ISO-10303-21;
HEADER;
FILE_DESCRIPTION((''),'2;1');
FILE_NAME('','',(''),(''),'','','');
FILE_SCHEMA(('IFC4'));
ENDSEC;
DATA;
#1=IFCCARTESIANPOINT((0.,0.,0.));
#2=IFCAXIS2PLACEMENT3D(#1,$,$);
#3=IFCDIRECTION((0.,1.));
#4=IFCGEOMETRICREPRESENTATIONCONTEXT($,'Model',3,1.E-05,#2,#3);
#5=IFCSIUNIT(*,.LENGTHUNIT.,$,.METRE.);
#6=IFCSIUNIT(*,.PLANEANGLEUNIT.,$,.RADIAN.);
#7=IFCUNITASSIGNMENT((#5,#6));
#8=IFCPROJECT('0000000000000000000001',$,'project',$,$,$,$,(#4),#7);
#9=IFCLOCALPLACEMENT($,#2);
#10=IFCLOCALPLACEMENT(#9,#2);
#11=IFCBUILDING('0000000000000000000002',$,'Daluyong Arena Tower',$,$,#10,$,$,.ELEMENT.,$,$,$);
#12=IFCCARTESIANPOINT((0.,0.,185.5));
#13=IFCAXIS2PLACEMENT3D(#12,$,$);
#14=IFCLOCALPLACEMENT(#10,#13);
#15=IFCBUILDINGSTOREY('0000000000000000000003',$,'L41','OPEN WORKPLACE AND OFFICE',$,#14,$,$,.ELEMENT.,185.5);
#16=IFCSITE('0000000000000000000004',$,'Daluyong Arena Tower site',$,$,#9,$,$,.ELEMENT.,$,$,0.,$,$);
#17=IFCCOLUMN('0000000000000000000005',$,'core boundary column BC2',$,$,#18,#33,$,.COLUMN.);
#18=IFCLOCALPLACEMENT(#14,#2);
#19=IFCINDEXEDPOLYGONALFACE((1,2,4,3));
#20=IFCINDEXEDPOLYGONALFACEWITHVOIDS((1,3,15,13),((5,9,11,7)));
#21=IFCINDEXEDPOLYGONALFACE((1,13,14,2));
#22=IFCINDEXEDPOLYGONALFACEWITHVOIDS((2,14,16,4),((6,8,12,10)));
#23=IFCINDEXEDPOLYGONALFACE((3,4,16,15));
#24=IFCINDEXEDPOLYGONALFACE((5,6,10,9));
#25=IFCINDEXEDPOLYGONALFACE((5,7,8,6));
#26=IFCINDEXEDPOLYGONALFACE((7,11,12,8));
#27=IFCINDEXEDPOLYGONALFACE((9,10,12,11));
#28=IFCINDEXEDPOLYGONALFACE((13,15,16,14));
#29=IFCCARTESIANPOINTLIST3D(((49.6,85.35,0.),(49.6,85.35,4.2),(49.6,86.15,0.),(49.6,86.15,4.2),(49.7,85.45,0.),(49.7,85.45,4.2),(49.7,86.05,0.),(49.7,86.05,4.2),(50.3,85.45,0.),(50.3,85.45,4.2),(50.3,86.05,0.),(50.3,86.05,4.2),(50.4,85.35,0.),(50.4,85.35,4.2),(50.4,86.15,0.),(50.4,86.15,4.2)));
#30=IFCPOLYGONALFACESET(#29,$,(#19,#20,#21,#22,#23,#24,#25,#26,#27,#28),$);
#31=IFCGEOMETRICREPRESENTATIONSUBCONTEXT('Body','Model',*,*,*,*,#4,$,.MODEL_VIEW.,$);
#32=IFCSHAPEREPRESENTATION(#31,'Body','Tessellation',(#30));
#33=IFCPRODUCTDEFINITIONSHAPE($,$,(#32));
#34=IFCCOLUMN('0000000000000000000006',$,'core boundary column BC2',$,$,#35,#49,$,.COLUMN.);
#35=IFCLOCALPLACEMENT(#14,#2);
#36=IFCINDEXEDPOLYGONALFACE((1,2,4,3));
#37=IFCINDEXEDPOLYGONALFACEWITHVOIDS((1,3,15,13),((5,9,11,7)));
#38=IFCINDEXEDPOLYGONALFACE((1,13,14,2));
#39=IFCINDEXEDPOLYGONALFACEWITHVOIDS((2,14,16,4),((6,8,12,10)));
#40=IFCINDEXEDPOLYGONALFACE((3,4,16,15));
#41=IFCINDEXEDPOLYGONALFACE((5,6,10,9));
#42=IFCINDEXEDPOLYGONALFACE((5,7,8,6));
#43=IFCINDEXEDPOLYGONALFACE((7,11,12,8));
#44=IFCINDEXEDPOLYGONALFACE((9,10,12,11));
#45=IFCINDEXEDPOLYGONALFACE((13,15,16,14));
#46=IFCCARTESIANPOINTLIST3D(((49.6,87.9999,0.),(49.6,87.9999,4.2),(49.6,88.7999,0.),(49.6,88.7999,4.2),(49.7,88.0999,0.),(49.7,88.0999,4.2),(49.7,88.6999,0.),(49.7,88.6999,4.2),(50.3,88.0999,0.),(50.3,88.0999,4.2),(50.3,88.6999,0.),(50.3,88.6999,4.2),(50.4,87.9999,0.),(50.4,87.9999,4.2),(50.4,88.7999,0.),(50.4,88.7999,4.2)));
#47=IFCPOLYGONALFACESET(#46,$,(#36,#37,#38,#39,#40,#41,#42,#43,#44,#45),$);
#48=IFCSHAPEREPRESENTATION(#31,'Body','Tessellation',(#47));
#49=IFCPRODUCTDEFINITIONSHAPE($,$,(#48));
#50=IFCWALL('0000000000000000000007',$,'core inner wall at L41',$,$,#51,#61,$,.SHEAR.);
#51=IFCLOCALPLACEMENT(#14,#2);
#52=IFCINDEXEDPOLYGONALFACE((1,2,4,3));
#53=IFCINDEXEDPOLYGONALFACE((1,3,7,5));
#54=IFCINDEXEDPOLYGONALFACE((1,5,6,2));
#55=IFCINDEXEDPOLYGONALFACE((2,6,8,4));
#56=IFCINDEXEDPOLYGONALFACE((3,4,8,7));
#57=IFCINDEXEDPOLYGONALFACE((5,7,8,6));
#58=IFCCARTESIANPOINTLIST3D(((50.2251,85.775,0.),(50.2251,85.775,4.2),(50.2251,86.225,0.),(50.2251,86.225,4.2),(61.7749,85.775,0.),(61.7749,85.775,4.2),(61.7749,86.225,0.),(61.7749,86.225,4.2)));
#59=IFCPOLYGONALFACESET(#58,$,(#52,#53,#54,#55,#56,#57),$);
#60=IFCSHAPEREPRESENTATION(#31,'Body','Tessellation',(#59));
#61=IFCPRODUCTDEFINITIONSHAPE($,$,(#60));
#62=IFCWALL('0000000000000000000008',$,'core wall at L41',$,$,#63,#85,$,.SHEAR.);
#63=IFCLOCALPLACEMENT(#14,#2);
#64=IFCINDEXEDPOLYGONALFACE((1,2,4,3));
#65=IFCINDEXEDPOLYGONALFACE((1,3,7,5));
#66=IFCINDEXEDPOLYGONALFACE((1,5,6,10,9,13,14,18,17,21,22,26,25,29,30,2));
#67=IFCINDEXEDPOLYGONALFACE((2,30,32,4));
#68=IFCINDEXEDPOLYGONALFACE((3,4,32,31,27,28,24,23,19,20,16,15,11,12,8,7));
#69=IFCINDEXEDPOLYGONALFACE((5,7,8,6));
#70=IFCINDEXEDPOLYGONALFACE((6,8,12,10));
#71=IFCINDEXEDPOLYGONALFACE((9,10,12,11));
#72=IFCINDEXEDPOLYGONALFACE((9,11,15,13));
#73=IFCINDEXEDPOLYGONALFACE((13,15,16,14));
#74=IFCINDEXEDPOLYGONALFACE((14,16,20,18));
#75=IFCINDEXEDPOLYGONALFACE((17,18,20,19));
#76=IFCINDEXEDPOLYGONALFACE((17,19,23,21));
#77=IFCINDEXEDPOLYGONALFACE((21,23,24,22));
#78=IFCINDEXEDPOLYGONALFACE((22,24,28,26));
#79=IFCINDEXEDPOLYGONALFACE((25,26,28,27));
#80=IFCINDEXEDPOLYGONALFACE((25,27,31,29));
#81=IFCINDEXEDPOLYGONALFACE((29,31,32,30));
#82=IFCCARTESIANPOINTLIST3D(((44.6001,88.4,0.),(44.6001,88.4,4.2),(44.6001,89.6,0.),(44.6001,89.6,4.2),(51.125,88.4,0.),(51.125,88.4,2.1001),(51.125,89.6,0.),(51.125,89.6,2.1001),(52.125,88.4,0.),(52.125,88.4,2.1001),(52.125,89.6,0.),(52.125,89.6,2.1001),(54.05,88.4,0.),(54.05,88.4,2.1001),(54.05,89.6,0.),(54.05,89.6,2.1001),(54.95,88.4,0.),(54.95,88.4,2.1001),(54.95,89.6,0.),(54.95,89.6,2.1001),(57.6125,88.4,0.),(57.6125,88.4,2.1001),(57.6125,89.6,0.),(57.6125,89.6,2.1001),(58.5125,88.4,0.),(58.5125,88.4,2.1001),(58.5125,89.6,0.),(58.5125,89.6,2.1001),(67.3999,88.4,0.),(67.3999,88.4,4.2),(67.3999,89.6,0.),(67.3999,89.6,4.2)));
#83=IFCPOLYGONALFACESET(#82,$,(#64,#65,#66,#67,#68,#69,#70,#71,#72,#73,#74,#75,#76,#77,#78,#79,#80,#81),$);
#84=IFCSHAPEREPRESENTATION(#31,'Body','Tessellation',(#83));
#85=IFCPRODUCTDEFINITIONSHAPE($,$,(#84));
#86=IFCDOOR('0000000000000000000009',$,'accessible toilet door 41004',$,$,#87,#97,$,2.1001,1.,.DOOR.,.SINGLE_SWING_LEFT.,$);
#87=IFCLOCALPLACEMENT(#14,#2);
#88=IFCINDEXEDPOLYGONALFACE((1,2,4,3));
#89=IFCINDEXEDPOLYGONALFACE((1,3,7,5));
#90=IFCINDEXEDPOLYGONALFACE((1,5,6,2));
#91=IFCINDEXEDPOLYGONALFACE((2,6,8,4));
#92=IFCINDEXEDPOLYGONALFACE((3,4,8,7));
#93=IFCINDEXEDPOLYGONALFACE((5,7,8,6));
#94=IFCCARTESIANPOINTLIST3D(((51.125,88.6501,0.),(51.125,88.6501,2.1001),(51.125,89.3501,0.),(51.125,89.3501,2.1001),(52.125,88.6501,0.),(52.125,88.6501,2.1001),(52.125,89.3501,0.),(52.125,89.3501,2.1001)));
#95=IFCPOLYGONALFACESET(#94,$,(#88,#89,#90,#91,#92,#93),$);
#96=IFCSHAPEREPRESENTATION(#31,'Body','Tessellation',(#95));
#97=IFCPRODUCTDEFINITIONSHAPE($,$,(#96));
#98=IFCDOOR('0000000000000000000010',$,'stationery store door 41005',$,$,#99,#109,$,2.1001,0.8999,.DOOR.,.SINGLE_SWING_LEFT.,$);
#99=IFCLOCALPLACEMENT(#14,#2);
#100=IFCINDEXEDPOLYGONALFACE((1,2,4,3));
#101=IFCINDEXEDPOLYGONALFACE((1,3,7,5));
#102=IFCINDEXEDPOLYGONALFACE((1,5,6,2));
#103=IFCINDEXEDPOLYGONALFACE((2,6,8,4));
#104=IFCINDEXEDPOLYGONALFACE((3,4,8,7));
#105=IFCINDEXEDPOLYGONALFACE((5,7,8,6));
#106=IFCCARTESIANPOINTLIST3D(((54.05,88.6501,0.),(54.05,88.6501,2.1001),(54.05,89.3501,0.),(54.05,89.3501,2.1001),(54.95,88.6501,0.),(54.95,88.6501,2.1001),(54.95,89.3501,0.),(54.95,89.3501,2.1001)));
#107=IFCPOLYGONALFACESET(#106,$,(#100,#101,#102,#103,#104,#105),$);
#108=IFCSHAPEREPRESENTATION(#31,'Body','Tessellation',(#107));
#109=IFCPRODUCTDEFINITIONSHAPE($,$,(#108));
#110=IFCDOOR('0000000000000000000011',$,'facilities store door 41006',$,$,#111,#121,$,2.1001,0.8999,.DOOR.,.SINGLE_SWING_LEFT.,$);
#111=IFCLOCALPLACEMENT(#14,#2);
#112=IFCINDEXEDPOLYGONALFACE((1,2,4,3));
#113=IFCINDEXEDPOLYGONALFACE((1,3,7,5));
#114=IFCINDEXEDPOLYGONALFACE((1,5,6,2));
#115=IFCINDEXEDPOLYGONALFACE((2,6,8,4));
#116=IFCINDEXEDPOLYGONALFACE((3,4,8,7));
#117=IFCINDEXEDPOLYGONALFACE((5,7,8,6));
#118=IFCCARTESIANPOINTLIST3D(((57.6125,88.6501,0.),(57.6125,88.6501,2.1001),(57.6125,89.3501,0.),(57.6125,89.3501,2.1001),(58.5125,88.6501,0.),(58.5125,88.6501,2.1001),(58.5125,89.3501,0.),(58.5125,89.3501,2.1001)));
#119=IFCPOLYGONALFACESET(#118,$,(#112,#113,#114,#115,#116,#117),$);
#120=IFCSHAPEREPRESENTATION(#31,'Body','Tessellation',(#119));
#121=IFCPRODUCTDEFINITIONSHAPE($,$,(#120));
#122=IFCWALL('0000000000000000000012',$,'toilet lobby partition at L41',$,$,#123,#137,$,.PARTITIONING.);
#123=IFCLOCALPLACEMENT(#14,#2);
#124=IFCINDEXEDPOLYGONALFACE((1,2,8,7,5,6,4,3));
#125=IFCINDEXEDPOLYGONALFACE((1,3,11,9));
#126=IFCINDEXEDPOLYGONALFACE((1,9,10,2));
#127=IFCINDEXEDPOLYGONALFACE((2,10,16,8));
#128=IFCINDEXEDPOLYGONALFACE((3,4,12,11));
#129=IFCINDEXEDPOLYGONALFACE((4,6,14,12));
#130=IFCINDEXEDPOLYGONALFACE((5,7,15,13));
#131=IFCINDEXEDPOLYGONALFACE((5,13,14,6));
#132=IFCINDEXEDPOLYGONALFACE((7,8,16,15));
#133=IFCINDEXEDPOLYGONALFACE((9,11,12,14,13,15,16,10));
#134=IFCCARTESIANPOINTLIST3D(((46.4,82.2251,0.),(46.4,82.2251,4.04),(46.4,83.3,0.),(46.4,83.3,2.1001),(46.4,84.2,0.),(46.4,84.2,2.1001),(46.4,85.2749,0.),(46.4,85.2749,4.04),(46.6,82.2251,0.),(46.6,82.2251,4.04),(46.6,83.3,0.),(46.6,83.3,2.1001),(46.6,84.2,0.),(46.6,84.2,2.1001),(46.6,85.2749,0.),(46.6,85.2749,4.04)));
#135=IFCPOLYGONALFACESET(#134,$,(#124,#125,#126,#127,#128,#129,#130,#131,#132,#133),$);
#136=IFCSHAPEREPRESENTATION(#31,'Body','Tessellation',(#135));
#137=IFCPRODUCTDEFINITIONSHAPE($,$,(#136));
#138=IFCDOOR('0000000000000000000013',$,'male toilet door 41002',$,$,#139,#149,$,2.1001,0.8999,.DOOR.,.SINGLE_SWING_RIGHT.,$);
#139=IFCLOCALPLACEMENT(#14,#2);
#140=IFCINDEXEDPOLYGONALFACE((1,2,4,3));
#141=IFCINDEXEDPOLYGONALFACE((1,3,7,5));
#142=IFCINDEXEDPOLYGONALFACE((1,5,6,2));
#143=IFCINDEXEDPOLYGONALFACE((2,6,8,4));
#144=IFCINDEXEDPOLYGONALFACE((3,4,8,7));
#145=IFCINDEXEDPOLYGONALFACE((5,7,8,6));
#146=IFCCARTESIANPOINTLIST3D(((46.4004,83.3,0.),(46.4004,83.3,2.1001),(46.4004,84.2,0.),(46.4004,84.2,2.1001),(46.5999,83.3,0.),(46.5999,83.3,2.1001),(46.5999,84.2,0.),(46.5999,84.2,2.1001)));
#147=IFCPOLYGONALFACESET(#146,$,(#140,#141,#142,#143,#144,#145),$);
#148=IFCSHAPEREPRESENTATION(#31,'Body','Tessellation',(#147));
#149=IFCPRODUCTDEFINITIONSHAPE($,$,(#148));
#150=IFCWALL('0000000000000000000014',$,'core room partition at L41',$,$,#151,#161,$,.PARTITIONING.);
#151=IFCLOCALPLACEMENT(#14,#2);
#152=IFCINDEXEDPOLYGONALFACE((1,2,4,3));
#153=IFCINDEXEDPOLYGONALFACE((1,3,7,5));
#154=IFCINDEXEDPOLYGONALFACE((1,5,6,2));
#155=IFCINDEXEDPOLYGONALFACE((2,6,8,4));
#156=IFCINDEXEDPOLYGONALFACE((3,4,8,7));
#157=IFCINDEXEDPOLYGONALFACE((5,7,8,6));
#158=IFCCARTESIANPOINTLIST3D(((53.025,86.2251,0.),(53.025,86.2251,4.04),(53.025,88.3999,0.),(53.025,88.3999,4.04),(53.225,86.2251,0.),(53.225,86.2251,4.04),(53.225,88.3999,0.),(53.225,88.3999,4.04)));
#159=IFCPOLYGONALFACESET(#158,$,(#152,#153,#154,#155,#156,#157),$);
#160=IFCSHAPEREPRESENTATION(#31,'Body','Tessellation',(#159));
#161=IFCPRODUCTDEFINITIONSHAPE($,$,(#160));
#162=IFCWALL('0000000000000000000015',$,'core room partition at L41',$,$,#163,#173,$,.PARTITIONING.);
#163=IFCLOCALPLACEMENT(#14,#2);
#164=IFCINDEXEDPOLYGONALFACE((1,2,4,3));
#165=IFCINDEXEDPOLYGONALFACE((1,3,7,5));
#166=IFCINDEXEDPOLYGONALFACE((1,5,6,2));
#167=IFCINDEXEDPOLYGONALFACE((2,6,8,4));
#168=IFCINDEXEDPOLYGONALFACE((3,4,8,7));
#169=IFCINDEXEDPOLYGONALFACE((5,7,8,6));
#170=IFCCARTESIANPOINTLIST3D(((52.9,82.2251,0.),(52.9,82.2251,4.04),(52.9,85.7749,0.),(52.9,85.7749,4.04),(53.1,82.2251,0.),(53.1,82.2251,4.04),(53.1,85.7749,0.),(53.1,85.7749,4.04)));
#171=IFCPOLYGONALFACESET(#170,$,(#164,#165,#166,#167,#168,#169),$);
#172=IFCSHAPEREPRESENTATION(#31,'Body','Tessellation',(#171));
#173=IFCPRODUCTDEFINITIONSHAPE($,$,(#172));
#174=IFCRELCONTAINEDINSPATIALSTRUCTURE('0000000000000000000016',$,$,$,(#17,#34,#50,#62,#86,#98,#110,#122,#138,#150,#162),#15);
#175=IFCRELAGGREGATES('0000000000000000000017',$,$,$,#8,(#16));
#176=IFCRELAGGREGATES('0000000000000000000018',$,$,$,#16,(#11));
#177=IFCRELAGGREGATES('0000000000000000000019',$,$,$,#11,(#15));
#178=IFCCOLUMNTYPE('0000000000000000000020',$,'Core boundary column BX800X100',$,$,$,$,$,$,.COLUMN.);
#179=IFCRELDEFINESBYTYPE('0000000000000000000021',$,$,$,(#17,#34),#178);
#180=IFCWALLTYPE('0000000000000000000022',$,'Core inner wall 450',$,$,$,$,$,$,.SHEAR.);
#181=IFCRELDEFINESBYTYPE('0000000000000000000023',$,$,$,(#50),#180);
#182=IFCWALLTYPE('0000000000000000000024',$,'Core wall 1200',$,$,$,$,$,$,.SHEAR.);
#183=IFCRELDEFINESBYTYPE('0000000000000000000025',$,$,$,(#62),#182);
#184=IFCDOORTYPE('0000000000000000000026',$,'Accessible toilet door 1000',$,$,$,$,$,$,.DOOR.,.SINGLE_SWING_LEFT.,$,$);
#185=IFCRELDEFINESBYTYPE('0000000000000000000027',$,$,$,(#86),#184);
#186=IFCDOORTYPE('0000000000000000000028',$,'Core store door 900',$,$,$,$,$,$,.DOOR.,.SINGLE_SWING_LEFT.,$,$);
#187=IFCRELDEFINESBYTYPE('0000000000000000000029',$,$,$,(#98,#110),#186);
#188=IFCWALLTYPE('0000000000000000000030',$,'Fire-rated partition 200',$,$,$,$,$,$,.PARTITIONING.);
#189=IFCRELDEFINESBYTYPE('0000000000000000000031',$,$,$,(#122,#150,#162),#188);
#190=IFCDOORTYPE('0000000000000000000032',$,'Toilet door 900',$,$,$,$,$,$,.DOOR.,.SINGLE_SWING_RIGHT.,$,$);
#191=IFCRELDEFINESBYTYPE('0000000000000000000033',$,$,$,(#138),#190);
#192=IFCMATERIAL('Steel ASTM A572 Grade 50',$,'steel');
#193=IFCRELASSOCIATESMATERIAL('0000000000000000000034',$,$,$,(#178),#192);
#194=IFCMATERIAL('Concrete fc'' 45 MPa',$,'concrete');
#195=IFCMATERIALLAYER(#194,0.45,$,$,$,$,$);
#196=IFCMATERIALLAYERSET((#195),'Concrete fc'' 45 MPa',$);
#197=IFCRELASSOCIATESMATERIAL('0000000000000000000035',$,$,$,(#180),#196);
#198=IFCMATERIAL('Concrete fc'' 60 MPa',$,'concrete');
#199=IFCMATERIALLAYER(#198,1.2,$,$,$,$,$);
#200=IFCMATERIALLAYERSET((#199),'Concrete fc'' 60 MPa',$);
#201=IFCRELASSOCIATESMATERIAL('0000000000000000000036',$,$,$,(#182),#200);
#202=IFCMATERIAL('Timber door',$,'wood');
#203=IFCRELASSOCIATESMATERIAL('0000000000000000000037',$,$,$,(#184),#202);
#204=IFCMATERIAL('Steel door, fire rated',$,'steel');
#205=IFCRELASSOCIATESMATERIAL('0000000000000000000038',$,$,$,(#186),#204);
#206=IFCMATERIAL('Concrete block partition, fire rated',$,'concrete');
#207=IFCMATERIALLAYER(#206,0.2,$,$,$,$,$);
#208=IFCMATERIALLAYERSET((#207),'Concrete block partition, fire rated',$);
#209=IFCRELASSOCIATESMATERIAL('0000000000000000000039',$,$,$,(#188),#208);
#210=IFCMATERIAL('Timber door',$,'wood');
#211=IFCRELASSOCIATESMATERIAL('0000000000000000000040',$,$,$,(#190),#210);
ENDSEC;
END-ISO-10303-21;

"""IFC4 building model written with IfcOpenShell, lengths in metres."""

from ifc_helpers import new_model, si_unit, direction, frame, frame_2d, origin, origin_2d, place, context, subcontext, project, spatial, rectangle, hollow_rectangle, extrude, material, layer, layer_set, material_profile, profile_set, type_object, element, fill, save


model = new_model("IFC4")

# Units and contexts
model_context = context("Model", 3, precision=1e-05, world=origin(), true_north=direction((0.0, 1.0)))
body_context = subcontext(model_context, "Body", "Model", "MODEL_VIEW")
ifc_project = project(units=[si_unit("LENGTHUNIT", "METRE"), si_unit("PLANEANGLEUNIT", "RADIAN")], contexts=[model_context])

# Site, building, storey
site_placement = place(None, origin())
site = spatial("IfcSite", under=ifc_project, at=site_placement, Name="Daluyong Arena Tower site", CompositionType="ELEMENT", RefElevation=0.0)
building_placement = place(site_placement, origin())
building = spatial("IfcBuilding", under=site, at=building_placement, Name="Daluyong Arena Tower", CompositionType="ELEMENT")
storey_placement = place(building_placement, frame((0.0, 0.0, 185.5)))
storey = spatial("IfcBuildingStorey", under=building, at=storey_placement, Name="L41", Description="OPEN WORKPLACE AND OFFICE", CompositionType="ELEMENT", Elevation=185.5)

# Columns
ifc_material_1 = material(Name="Steel ASTM A572 Grade 50", Category="steel")
ifc_material_profile = material_profile(ifc_material_1, hollow_rectangle(XDim=0.8, YDim=0.8, WallThickness=0.1, at=origin_2d()))
ifc_profile_set = profile_set([ifc_material_profile], Name="Steel ASTM A572 Grade 50")
column_type = type_object("IfcColumnType", Name="Core boundary column BX800X100", PredefinedType="COLUMN", material=ifc_profile_set)
for number, where, z_axis, x_axis, name in (
    (1, (50.0, 85.75, 0.0), (0.0, 0.0, 1.0), (1.0, 0.0, 0.0), "core boundary column BC2"),
    (2, (50.0, 88.3999, 0.0), (0.0, 0.0, 1.0), (1.0, 0.0, 0.0), "core boundary column BC2"),
):
    element("IfcColumn", number, at=place(storey_placement, frame(where, z_axis=z_axis, x_axis=x_axis)), inside=storey, type_object=column_type, Name=name, PredefinedType="COLUMN", context=body_context, shape_type="SweptSolid", body=[
        extrude(hollow_rectangle(XDim=0.8, YDim=0.8, WallThickness=0.1, at=origin_2d()), origin(), (0.0, 0.0, 1.0), 4.2),
    ])

# Wall
ifc_material_2 = material(Name="Concrete fc' 45 MPa", Category="concrete")
ifc_layer_1 = layer(ifc_material_2, 0.45)
ifc_layer_set_1 = layer_set([ifc_layer_1], Name="Concrete fc' 45 MPa")
wall_type_1 = type_object("IfcWallType", Name="Core inner wall 450", PredefinedType="SHEAR", material=ifc_layer_set_1)
wall_1_placement = place(storey_placement, frame((50.2251, 86.0, 0.0), z_axis=(0.0, 0.0, 1.0), x_axis=(1.0, 0.0, 0.0)))
element("IfcWall", 3, at=wall_1_placement, inside=storey, type_object=wall_type_1, Name="core inner wall at L41", PredefinedType="SHEAR", context=body_context, shape_type="SweptSolid", body=[
    extrude(rectangle(XDim=11.5498, YDim=0.45, at=frame_2d((5.7749, 0.0))), origin(), (0.0, 0.0, 1.0), 4.2),
])

# Wall, openings, doors
ifc_material_3 = material(Name="Concrete fc' 60 MPa", Category="concrete")
ifc_layer_2 = layer(ifc_material_3, 1.2)
ifc_layer_set_2 = layer_set([ifc_layer_2], Name="Concrete fc' 60 MPa")
wall_type_2 = type_object("IfcWallType", Name="Core wall 1200", PredefinedType="SHEAR", material=ifc_layer_set_2)
wall_2_placement = place(storey_placement, frame((44.6001, 89.0, 0.0), z_axis=(0.0, 0.0, 1.0), x_axis=(1.0, 0.0, 0.0)))
wall_2 = element("IfcWall", 4, at=wall_2_placement, inside=storey, type_object=wall_type_2, Name="core wall at L41", PredefinedType="SHEAR", context=body_context, shape_type="SweptSolid", body=[
    extrude(rectangle(XDim=22.7998, YDim=1.2, at=frame_2d((11.3999, 0.0))), origin(), (0.0, 0.0, 1.0), 4.2),
])
opening_1_placement = place(wall_2_placement, frame((6.5249, 0.0, 0.0)))
opening_1 = element("IfcOpeningElement", 5, at=opening_1_placement, cuts=wall_2, PredefinedType="OPENING", context=body_context, shape_type="SweptSolid", body=[
    extrude(rectangle(XDim=1.0, YDim=2.1001, at=frame_2d((0.5, 1.05))), frame((0.0, 0.6099, 0.0), z_axis=(0.0, -1.0, 0.0), x_axis=(1.0, 0.0, 0.0)), (0.0, 0.0, 1.0), 1.22),
])
opening_2_placement = place(wall_2_placement, frame((9.45, 0.0, 0.0)))
opening_2 = element("IfcOpeningElement", 6, at=opening_2_placement, cuts=wall_2, PredefinedType="OPENING", context=body_context, shape_type="SweptSolid", body=[
    extrude(rectangle(XDim=0.8999, YDim=2.1001, at=frame_2d((0.45, 1.05))), frame((0.0, 0.6099, 0.0), z_axis=(0.0, -1.0, 0.0), x_axis=(1.0, 0.0, 0.0)), (0.0, 0.0, 1.0), 1.22),
])
opening_3_placement = place(wall_2_placement, frame((13.0125, 0.0, 0.0)))
opening_3 = element("IfcOpeningElement", 7, at=opening_3_placement, cuts=wall_2, PredefinedType="OPENING", context=body_context, shape_type="SweptSolid", body=[
    extrude(rectangle(XDim=0.8999, YDim=2.1001, at=frame_2d((0.45, 1.05))), frame((0.0, 0.6099, 0.0), z_axis=(0.0, -1.0, 0.0), x_axis=(1.0, 0.0, 0.0)), (0.0, 0.0, 1.0), 1.22),
])
ifc_material_4 = material(Name="Timber door", Category="wood")
door_type_1 = type_object("IfcDoorType", Name="Accessible toilet door 1000", OperationType="SINGLE_SWING_LEFT", PredefinedType="DOOR", material=ifc_material_4)
door_1_placement = place(opening_1_placement, origin())
door_1 = element("IfcDoor", 8, at=door_1_placement, inside=storey, type_object=door_type_1, Name="accessible toilet door 41004", OperationType="SINGLE_SWING_LEFT", OverallHeight=2.1001, OverallWidth=1.0, PredefinedType="DOOR", context=body_context, shape_type="SweptSolid", body=[
    extrude(rectangle(XDim=1.0, YDim=2.1001, at=frame_2d((0.5, 1.05))), frame((0.0, 0.3501, 0.0), z_axis=(0.0, -1.0, 0.0), x_axis=(1.0, 0.0, 0.0)), (0.0, 0.0, 1.0), 0.7),
])
fill(opening_1, door_1)
ifc_material_5 = material(Name="Steel door, fire rated", Category="steel")
door_type_2 = type_object("IfcDoorType", Name="Core store door 900", OperationType="SINGLE_SWING_LEFT", PredefinedType="DOOR", material=ifc_material_5)
door_2_placement = place(opening_2_placement, origin())
door_2 = element("IfcDoor", 9, at=door_2_placement, inside=storey, type_object=door_type_2, Name="stationery store door 41005", OperationType="SINGLE_SWING_LEFT", OverallHeight=2.1001, OverallWidth=0.8999, PredefinedType="DOOR", context=body_context, shape_type="SweptSolid", body=[
    extrude(rectangle(XDim=0.8999, YDim=2.1001, at=frame_2d((0.45, 1.05))), frame((0.0, 0.3501, 0.0), z_axis=(0.0, -1.0, 0.0), x_axis=(1.0, 0.0, 0.0)), (0.0, 0.0, 1.0), 0.7),
])
fill(opening_2, door_2)
door_3_placement = place(opening_3_placement, origin())
door_3 = element("IfcDoor", 10, at=door_3_placement, inside=storey, type_object=door_type_2, Name="facilities store door 41006", OperationType="SINGLE_SWING_LEFT", OverallHeight=2.1001, OverallWidth=0.8999, PredefinedType="DOOR", context=body_context, shape_type="SweptSolid", body=[
    extrude(rectangle(XDim=0.8999, YDim=2.1001, at=frame_2d((0.45, 1.05))), frame((0.0, 0.3501, 0.0), z_axis=(0.0, -1.0, 0.0), x_axis=(1.0, 0.0, 0.0)), (0.0, 0.0, 1.0), 0.7),
])
fill(opening_3, door_3)

# Wall, opening, door
ifc_material_6 = material(Name="Concrete block partition, fire rated", Category="concrete")
ifc_layer_3 = layer(ifc_material_6, 0.2)
ifc_layer_set_3 = layer_set([ifc_layer_3], Name="Concrete block partition, fire rated")
wall_type_3 = type_object("IfcWallType", Name="Fire-rated partition 200", PredefinedType="PARTITIONING", material=ifc_layer_set_3)
wall_3_placement = place(storey_placement, frame((46.5, 82.2251, 0.0), z_axis=(0.0, 0.0, 1.0), x_axis=(0.0, 1.0, 0.0)))
wall_3 = element("IfcWall", 11, at=wall_3_placement, inside=storey, type_object=wall_type_3, Name="toilet lobby partition at L41", PredefinedType="PARTITIONING", context=body_context, shape_type="SweptSolid", body=[
    extrude(rectangle(XDim=3.0498, YDim=0.2, at=frame_2d((1.5249, 0.0))), origin(), (0.0, 0.0, 1.0), 4.04),
])
opening_4_placement = place(wall_3_placement, frame((1.075, 0.0, 0.0)))
opening_4 = element("IfcOpeningElement", 12, at=opening_4_placement, cuts=wall_3, PredefinedType="OPENING", context=body_context, shape_type="SweptSolid", body=[
    extrude(rectangle(XDim=0.8999, YDim=2.1001, at=frame_2d((0.45, 1.05))), frame((0.0, 0.1099, 0.0), z_axis=(0.0, -1.0, 0.0), x_axis=(1.0, 0.0, 0.0)), (0.0, 0.0, 1.0), 0.22),
])
ifc_material_7 = material(Name="Timber door", Category="wood")
door_type_3 = type_object("IfcDoorType", Name="Toilet door 900", OperationType="SINGLE_SWING_RIGHT", PredefinedType="DOOR", material=ifc_material_7)
door_4_placement = place(opening_4_placement, origin())
door_4 = element("IfcDoor", 13, at=door_4_placement, inside=storey, type_object=door_type_3, Name="male toilet door 41002", OperationType="SINGLE_SWING_RIGHT", OverallHeight=2.1001, OverallWidth=0.8999, PredefinedType="DOOR", context=body_context, shape_type="SweptSolid", body=[
    extrude(rectangle(XDim=0.8999, YDim=2.1001, at=frame_2d((0.45, 1.05))), frame((0.0, 0.0996, 0.0), z_axis=(0.0, -1.0, 0.0), x_axis=(1.0, 0.0, 0.0)), (0.0, 0.0, 1.0), 0.1995),
])
fill(opening_4, door_4)

# Walls
wall_4_placement = place(storey_placement, frame((53.125, 86.2251, 0.0), z_axis=(0.0, 0.0, 1.0), x_axis=(0.0, 1.0, 0.0)))
element("IfcWall", 14, at=wall_4_placement, inside=storey, type_object=wall_type_3, Name="core room partition at L41", PredefinedType="PARTITIONING", context=body_context, shape_type="SweptSolid", body=[
    extrude(rectangle(XDim=2.1748, YDim=0.2, at=frame_2d((1.0874, 0.0))), origin(), (0.0, 0.0, 1.0), 4.04),
])
wall_5_placement = place(storey_placement, frame((53.0, 82.2251, 0.0), z_axis=(0.0, 0.0, 1.0), x_axis=(0.0, 1.0, 0.0)))
element("IfcWall", 15, at=wall_5_placement, inside=storey, type_object=wall_type_3, Name="core room partition at L41", PredefinedType="PARTITIONING", context=body_context, shape_type="SweptSolid", body=[
    extrude(rectangle(XDim=3.5498, YDim=0.2, at=frame_2d((1.7749, 0.0))), origin(), (0.0, 0.0, 1.0), 4.04),
])

save(model, "model.ifc")
